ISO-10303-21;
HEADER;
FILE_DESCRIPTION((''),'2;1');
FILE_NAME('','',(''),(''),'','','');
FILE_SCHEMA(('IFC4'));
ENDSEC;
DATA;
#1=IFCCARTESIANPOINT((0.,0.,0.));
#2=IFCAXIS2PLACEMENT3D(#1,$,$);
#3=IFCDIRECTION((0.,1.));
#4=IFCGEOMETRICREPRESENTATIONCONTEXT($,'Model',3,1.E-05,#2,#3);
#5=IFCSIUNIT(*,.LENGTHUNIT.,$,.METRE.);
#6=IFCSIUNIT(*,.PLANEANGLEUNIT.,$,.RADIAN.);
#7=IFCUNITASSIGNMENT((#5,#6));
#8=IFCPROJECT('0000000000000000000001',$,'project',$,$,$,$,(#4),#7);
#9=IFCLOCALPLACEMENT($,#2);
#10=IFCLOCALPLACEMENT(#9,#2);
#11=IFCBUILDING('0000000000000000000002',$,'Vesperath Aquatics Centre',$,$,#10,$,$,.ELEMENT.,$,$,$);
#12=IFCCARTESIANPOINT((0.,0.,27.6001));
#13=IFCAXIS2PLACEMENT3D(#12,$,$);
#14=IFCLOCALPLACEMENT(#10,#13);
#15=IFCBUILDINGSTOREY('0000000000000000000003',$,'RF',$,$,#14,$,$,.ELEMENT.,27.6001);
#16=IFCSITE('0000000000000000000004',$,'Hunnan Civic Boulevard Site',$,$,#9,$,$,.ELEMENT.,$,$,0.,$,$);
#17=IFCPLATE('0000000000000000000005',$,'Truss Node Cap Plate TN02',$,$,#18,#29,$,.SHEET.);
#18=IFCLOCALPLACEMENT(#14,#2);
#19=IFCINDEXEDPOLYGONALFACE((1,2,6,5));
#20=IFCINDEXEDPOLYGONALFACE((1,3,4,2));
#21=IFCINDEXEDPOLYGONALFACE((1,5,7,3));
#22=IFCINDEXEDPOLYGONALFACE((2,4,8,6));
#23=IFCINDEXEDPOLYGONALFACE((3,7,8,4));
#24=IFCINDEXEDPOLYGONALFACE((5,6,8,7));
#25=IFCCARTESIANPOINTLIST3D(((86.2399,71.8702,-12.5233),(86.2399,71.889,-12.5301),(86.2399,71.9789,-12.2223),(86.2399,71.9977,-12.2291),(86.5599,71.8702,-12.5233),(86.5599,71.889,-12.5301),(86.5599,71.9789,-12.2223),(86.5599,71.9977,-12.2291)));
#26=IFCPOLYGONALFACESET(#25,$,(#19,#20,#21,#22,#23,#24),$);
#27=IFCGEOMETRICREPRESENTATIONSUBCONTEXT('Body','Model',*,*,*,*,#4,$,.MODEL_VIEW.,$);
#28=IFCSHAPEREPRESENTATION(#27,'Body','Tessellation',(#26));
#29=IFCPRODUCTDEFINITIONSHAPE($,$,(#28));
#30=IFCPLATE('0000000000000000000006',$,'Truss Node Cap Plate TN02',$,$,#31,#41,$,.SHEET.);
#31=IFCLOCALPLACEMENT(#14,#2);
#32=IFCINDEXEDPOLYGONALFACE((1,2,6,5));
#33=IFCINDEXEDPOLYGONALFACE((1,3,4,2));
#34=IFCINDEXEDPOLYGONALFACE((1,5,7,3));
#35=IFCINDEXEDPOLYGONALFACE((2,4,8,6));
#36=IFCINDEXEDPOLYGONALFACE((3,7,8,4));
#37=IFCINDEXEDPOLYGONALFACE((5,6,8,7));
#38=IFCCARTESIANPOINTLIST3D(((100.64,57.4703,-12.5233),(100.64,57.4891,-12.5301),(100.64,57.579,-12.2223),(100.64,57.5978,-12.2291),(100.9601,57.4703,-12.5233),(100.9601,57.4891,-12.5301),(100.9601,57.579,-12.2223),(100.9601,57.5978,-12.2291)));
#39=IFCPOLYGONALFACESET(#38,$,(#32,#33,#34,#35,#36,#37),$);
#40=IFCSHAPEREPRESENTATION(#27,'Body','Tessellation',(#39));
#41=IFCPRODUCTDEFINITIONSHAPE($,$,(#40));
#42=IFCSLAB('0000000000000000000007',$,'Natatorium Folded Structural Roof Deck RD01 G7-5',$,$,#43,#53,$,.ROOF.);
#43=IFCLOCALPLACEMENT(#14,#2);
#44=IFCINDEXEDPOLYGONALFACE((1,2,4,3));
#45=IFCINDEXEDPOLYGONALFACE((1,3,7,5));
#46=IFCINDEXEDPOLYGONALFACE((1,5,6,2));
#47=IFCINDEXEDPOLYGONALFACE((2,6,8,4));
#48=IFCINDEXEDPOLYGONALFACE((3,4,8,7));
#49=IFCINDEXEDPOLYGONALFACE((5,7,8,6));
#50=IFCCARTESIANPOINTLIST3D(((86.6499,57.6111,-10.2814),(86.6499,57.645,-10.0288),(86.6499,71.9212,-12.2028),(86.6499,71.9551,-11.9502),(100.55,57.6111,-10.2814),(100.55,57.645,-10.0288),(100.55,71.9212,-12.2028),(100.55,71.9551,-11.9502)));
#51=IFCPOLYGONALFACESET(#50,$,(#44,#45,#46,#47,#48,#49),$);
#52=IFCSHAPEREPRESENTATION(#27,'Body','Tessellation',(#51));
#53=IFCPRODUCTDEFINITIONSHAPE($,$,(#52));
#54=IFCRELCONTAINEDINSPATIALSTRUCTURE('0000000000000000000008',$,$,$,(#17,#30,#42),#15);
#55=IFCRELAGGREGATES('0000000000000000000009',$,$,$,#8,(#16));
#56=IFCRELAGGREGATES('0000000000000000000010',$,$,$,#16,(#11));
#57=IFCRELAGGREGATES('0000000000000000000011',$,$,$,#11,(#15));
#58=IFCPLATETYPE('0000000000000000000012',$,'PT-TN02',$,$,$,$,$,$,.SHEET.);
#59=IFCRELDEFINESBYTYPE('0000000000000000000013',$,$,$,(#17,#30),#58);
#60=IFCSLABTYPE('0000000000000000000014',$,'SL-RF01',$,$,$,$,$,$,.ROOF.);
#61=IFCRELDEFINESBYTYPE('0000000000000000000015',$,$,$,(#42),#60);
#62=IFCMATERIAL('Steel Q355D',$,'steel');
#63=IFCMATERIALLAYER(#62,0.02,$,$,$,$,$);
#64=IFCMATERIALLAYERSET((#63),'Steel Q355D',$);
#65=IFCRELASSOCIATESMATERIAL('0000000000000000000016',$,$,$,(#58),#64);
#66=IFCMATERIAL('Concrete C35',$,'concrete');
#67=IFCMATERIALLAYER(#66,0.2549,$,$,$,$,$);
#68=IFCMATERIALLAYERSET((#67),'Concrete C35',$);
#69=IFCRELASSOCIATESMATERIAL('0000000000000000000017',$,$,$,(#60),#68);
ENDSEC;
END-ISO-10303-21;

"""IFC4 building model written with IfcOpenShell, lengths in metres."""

from ifc_helpers import new_model, si_unit, direction, frame, origin, origin_2d, place, context, subcontext, project, spatial, polyline, rectangle, outline, extrude, material, layer, layer_set, type_object, element, save


model = new_model("IFC4")

# Units and contexts
model_context = context("Model", 3, precision=1e-05, world=origin(), true_north=direction((0.0, 1.0)))
body_context = subcontext(model_context, "Body", "Model", "MODEL_VIEW")
ifc_project = project(units=[si_unit("LENGTHUNIT", "METRE"), si_unit("PLANEANGLEUNIT", "RADIAN")], contexts=[model_context])

# Site, building, storey
site_placement = place(None, origin())
site = spatial("IfcSite", under=ifc_project, at=site_placement, Name="Hunnan Civic Boulevard Site", CompositionType="ELEMENT", RefElevation=0.0)
building_placement = place(site_placement, origin())
building = spatial("IfcBuilding", under=site, at=building_placement, Name="Vesperath Aquatics Centre", CompositionType="ELEMENT")
storey_placement = place(building_placement, frame((0.0, 0.0, 27.6001)))
storey = spatial("IfcBuildingStorey", under=building, at=storey_placement, Name="RF", CompositionType="ELEMENT", Elevation=27.6001)

# Shared definitions
ifc_material_1 = material(Name="Steel Q355D", Category="steel")

# Plates
ifc_layer_1 = layer(ifc_material_1, 0.02)
ifc_layer_set_1 = layer_set([ifc_layer_1], Name="Steel Q355D")
plate_type_1 = type_object("IfcPlateType", Name="PT-TN02", PredefinedType="SHEET", material=ifc_layer_set_1)
for number, where, z_axis, x_axis, name in (
    (1, (86.3999, 71.9246, -12.3728), (0.0, 0.940554, -0.339644), (-1.0, 0.0, 0.0), "Truss Node Cap Plate TN02"),
    (2, (100.8, 57.5247, -12.3728), (0.0, 0.940554, -0.339644), (-1.0, 0.0, 0.0), "Truss Node Cap Plate TN02"),
):
    element("IfcPlate", number, at=place(storey_placement, frame(where, z_axis=z_axis, x_axis=x_axis)), inside=storey, type_object=plate_type_1, Name=name, PredefinedType="SHEET", context=body_context, shape_type="SweptSolid", body=[
        extrude(rectangle(XDim=0.3201, YDim=0.3201, at=origin_2d()), origin(), (0.0, 0.0, 1.0), 0.02),
    ])

# Slab
ifc_material_2 = material(Name="Concrete C35", Category="concrete")
ifc_layer_2 = layer(ifc_material_2, 0.2549)
ifc_layer_set_2 = layer_set([ifc_layer_2], Name="Concrete C35")
slab_type = type_object("IfcSlabType", Name="SL-RF01", PredefinedType="ROOF", material=ifc_layer_set_2)
slab_placement = place(storey_placement, frame((86.6499, 57.645, -10.0288), z_axis=(0.0, 0.133074, 0.991106), x_axis=(1.0, 0.0, 0.0)))
element("IfcSlab", 3, at=slab_placement, inside=storey, type_object=slab_type, Name="Natatorium Folded Structural Roof Deck RD01 G7-5", PredefinedType="ROOF", context=body_context, shape_type="SweptSolid", body=[
    extrude(outline(polyline([(0.0, 0.0), (13.9001, 0.0), (13.9001, 14.4385), (0.0, 14.4385), (0.0, 0.0)])), origin(), (0.0, 0.0, -1.0), 0.2549),
])

save(model, "model.ifc")
